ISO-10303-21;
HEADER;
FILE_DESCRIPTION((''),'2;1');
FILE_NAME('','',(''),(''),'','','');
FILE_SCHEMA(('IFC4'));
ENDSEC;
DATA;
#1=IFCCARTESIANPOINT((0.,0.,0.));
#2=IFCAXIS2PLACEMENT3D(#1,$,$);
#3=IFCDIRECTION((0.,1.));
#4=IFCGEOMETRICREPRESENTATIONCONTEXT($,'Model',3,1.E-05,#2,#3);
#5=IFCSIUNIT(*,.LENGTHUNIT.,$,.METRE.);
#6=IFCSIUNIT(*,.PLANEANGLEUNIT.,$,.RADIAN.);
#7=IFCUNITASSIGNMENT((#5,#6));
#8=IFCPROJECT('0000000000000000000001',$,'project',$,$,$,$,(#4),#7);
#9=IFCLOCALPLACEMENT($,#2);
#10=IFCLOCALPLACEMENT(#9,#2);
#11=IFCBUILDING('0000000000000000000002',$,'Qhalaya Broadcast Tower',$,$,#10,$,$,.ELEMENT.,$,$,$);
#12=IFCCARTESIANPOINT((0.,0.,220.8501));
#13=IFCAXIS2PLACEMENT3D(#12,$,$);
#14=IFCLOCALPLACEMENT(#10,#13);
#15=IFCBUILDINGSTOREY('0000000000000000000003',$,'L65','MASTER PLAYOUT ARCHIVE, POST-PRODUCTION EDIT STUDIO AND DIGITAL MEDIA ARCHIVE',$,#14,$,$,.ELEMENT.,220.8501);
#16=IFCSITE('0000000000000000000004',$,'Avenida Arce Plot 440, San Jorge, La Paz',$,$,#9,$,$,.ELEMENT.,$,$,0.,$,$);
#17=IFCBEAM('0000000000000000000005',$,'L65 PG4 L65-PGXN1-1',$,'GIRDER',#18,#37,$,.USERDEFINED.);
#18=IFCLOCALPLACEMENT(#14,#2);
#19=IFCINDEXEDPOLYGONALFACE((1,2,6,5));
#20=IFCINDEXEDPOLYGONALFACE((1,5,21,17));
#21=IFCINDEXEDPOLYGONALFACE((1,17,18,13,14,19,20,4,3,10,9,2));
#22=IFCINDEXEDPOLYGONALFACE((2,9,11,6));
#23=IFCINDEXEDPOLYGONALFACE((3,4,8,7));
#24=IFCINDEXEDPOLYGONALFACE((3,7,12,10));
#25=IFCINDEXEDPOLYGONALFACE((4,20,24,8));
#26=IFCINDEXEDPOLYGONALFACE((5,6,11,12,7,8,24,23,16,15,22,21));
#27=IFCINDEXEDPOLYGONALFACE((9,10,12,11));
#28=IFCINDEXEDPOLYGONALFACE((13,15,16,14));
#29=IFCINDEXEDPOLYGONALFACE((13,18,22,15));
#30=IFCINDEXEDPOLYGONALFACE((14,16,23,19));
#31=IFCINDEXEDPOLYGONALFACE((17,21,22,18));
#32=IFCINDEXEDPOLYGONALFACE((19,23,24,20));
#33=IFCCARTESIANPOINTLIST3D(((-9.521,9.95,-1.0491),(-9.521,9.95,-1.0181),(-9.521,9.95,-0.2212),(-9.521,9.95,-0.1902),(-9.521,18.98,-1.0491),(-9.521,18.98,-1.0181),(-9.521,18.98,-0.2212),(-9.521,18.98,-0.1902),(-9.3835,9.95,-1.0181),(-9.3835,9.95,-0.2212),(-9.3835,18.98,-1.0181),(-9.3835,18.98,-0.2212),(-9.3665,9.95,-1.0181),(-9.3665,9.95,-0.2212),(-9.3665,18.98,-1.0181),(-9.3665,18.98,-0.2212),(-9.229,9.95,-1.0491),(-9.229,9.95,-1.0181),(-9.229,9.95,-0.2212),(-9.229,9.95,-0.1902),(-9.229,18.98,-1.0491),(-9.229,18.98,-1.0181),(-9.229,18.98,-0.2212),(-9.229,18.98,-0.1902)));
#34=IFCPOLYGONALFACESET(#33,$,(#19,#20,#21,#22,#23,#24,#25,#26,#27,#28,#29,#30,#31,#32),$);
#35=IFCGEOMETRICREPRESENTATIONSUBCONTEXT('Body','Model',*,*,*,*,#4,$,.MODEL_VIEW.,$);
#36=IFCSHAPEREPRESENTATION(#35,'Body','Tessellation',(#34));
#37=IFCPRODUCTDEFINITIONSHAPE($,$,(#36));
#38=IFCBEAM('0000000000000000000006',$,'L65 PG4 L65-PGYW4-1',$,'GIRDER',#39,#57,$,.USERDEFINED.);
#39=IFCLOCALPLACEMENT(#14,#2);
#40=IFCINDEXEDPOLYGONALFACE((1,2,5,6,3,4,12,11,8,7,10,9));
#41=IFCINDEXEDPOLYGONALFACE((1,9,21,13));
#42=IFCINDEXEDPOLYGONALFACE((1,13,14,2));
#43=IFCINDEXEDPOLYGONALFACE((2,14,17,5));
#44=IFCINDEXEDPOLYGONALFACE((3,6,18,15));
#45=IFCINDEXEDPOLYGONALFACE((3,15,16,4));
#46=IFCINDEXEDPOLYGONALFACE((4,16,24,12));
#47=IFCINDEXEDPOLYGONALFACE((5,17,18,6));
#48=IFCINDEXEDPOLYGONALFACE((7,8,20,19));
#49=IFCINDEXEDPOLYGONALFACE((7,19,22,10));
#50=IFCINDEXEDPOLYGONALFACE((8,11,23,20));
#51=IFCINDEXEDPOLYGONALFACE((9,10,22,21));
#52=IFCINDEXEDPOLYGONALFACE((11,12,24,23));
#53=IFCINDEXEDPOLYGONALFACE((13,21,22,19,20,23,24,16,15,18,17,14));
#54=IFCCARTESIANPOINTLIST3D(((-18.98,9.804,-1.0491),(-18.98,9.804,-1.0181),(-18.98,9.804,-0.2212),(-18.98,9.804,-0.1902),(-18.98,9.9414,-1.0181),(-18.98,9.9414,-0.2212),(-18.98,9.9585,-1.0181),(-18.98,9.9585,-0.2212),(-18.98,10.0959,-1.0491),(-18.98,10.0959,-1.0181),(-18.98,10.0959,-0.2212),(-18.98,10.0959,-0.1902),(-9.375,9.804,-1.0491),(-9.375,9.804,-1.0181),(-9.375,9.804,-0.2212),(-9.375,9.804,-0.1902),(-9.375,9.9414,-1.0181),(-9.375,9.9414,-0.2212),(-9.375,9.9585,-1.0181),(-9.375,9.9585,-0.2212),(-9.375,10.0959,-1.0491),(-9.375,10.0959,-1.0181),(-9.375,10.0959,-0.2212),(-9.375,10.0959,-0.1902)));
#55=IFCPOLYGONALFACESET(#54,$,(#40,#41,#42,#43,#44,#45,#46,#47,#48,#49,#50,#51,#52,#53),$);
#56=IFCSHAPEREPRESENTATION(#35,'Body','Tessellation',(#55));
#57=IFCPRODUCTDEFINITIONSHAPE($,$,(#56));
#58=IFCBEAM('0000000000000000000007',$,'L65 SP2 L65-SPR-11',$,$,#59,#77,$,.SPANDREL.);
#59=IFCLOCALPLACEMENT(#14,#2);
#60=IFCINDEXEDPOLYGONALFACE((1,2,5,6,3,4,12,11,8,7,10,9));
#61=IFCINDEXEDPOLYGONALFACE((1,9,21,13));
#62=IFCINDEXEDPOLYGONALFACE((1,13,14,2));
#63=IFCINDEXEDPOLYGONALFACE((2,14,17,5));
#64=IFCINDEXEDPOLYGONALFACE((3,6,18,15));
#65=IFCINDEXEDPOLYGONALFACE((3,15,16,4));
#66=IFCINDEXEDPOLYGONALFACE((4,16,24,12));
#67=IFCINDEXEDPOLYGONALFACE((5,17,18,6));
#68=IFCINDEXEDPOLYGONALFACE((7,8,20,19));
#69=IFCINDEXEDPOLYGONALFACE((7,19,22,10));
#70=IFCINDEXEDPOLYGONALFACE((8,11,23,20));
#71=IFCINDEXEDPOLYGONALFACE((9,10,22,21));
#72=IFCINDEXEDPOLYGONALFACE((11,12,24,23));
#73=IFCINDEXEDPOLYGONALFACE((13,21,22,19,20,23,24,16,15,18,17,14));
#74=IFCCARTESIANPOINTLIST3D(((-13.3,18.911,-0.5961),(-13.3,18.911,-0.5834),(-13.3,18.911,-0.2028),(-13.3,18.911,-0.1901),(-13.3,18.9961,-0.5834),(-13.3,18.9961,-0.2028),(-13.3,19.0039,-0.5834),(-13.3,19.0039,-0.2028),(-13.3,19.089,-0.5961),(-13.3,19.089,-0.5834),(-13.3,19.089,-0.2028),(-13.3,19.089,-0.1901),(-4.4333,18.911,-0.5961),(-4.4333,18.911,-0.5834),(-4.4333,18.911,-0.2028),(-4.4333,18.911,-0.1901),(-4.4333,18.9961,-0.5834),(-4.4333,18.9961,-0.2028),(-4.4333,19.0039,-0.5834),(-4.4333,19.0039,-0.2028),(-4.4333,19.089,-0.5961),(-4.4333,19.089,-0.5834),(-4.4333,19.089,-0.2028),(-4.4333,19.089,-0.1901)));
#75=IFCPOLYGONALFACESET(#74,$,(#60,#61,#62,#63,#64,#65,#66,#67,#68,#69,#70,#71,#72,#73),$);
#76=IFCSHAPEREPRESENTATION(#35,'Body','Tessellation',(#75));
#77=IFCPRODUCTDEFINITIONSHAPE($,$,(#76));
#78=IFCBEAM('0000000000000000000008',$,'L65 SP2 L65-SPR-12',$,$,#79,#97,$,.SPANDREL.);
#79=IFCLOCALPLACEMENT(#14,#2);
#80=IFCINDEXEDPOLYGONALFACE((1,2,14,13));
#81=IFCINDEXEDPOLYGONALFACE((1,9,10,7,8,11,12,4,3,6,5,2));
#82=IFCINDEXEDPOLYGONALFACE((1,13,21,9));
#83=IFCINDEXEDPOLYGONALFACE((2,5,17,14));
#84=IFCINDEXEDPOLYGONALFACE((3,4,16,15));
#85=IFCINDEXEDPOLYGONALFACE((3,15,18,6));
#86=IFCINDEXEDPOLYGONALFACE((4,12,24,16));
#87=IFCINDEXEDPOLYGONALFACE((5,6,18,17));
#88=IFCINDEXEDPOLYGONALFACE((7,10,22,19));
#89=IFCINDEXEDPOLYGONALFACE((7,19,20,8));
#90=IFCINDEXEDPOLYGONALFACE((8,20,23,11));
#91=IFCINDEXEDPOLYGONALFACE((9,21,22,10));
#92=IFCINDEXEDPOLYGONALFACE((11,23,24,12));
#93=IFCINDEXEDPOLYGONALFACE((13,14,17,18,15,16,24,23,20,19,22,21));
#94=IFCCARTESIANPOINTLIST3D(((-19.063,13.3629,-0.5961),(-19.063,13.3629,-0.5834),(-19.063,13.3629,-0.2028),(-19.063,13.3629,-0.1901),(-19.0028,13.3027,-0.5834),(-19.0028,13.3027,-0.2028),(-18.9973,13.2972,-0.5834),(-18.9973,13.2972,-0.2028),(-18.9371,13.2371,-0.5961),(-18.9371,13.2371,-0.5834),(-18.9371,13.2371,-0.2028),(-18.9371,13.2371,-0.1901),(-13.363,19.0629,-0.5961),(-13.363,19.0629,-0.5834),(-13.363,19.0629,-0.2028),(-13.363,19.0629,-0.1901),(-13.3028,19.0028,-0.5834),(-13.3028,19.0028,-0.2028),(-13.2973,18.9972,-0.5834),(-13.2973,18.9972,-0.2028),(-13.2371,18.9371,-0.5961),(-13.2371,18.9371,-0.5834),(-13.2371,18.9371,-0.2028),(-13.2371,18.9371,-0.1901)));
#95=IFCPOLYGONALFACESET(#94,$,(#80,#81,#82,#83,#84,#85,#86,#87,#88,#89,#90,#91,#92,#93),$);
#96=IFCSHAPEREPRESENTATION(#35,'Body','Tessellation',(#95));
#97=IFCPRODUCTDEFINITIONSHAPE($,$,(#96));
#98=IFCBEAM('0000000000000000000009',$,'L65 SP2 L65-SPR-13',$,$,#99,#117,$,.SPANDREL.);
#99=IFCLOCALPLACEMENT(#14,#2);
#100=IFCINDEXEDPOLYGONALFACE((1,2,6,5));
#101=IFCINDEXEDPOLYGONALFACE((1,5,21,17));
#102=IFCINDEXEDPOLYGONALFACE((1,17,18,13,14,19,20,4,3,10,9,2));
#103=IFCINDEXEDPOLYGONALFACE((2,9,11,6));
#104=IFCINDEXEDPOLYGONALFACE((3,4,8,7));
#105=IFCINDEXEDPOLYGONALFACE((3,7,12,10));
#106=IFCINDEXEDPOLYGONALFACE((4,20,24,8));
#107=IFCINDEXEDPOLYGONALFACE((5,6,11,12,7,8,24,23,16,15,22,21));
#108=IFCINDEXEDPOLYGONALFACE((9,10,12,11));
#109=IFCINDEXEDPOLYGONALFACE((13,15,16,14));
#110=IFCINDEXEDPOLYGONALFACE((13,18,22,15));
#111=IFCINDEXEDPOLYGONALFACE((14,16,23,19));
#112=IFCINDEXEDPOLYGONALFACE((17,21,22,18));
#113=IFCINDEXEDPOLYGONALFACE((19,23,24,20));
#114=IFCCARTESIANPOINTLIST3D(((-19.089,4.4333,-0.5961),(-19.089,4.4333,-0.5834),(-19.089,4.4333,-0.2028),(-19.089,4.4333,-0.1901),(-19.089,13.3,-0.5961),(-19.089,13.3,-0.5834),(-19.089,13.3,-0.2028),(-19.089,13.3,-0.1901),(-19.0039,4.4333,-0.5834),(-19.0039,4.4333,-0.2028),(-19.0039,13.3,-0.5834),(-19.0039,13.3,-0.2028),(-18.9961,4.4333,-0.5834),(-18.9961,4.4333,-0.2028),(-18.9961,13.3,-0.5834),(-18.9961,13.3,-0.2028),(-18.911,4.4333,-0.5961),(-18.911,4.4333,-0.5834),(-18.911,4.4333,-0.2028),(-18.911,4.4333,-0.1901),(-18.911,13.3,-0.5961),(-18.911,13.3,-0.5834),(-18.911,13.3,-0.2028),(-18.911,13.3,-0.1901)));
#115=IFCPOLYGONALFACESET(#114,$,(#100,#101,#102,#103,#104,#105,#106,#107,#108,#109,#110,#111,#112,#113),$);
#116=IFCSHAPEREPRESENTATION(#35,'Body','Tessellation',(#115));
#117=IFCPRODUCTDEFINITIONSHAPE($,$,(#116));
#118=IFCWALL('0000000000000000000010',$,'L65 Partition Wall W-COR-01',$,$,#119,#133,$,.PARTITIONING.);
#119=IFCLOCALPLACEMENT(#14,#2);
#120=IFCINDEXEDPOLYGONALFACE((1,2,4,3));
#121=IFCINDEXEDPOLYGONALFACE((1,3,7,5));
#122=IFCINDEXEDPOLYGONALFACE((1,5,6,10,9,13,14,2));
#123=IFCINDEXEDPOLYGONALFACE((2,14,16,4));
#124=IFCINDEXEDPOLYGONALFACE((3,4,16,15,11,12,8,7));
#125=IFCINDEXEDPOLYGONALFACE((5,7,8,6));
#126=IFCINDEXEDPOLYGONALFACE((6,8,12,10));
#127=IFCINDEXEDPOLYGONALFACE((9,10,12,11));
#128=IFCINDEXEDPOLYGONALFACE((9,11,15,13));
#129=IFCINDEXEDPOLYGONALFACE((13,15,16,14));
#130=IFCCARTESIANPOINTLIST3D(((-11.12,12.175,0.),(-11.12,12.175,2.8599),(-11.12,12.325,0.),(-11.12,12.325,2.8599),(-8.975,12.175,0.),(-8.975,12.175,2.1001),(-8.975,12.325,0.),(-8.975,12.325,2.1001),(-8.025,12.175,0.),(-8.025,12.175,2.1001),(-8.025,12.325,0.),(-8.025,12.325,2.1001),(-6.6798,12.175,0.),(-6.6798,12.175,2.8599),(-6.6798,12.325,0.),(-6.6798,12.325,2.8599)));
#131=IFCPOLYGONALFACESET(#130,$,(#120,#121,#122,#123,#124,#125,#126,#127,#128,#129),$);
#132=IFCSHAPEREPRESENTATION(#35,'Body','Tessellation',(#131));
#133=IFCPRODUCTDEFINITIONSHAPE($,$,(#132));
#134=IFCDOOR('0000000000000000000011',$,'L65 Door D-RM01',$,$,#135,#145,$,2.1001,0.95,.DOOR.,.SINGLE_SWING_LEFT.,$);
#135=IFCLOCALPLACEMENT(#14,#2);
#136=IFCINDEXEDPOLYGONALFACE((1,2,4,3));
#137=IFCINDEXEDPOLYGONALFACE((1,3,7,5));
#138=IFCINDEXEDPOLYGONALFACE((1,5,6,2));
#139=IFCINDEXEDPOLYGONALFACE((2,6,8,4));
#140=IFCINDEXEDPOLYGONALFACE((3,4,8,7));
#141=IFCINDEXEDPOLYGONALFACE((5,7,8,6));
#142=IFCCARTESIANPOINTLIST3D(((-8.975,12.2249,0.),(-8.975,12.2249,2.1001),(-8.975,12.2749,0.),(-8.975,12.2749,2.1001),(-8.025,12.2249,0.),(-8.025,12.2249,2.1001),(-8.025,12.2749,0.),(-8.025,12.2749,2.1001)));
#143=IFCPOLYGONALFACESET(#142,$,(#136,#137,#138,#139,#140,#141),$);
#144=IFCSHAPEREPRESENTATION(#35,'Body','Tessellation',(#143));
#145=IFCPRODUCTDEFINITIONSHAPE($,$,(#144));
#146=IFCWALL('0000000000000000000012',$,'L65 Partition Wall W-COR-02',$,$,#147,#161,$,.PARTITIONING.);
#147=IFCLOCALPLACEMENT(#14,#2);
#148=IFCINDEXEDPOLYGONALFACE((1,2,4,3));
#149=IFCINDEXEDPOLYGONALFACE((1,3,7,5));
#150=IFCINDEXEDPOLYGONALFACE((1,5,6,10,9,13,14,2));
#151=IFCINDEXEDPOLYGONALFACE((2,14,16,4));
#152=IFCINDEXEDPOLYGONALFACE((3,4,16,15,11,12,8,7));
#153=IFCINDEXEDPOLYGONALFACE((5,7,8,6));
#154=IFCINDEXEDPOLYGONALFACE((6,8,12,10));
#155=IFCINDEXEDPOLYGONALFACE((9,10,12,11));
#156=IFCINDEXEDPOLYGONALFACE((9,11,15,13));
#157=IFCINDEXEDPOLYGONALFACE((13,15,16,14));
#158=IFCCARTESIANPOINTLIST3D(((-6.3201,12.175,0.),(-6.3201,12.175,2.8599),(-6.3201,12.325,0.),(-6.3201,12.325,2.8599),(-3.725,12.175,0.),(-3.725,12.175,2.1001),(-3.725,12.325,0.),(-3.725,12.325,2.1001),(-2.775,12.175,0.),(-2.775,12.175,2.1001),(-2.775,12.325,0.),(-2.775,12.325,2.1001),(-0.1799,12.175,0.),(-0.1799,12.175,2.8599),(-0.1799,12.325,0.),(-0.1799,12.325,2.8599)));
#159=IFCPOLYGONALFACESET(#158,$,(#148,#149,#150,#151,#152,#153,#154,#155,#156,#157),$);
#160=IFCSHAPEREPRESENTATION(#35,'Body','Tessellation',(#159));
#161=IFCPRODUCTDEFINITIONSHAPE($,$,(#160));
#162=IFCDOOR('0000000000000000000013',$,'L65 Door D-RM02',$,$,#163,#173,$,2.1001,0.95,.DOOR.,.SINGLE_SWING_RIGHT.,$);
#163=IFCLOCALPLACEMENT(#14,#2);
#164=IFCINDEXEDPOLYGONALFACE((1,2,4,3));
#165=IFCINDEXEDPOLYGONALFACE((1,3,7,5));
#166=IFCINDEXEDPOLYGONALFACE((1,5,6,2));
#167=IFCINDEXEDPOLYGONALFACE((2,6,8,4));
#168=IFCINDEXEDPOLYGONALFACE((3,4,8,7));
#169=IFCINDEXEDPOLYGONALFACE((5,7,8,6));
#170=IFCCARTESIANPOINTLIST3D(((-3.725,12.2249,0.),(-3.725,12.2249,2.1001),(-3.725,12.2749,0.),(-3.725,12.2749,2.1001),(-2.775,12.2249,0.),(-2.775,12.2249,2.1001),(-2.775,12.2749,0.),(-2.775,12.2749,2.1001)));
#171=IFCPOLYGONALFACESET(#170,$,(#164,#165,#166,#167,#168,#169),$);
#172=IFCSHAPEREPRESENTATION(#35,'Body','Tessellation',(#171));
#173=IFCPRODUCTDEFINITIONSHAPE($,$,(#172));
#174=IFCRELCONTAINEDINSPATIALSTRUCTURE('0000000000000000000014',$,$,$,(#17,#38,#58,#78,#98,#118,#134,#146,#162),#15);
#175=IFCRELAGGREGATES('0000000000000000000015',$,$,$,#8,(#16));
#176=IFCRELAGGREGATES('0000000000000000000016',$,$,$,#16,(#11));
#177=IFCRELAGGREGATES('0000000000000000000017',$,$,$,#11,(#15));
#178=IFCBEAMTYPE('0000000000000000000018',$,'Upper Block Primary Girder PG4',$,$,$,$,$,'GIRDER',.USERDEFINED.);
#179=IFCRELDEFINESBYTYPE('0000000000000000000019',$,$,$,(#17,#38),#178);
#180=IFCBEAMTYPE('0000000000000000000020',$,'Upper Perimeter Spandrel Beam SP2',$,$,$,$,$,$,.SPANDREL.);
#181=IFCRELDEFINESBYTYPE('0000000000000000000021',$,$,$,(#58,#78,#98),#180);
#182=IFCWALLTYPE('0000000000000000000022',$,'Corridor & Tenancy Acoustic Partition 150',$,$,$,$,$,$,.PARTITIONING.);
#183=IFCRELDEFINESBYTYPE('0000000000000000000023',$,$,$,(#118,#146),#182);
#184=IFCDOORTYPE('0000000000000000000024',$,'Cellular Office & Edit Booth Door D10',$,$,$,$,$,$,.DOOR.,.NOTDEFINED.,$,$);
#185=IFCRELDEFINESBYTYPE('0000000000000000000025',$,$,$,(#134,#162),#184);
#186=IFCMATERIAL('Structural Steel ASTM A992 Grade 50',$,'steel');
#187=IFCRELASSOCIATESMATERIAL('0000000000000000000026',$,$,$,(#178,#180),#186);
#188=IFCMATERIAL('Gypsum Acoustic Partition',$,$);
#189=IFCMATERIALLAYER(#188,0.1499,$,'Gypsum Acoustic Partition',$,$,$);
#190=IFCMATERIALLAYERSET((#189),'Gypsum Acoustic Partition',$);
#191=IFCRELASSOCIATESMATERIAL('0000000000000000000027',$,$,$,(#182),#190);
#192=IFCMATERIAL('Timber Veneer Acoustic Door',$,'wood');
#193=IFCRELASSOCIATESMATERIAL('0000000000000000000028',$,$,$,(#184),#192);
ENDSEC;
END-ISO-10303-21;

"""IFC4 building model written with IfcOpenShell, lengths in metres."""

from ifc_helpers import new_model, si_unit, direction, frame, frame_2d, origin, origin_2d, place, context, subcontext, project, spatial, rectangle, i_section, extrude, material, layer, layer_set, material_profile, profile_set, type_object, element, fill, save


model = new_model("IFC4")

# Units and contexts
model_context = context("Model", 3, precision=1e-05, world=origin(), true_north=direction((0.0, 1.0)))
body_context = subcontext(model_context, "Body", "Model", "MODEL_VIEW")
ifc_project = project(units=[si_unit("LENGTHUNIT", "METRE"), si_unit("PLANEANGLEUNIT", "RADIAN")], contexts=[model_context])

# Site, building, storey
site_placement = place(None, origin())
site = spatial("IfcSite", under=ifc_project, at=site_placement, Name="Avenida Arce Plot 440, San Jorge, La Paz", CompositionType="ELEMENT", RefElevation=0.0)
building_placement = place(site_placement, origin())
building = spatial("IfcBuilding", under=site, at=building_placement, Name="Qhalaya Broadcast Tower", CompositionType="ELEMENT")
storey_placement = place(building_placement, frame((0.0, 0.0, 220.8501)))
storey = spatial("IfcBuildingStorey", under=building, at=storey_placement, Name="L65", Description="MASTER PLAYOUT ARCHIVE, POST-PRODUCTION EDIT STUDIO AND DIGITAL MEDIA ARCHIVE", CompositionType="ELEMENT", Elevation=220.8501)

# Beams
ifc_material_1 = material(Name="Structural Steel ASTM A992 Grade 50", Category="steel")
ifc_material_profile_1 = material_profile(ifc_material_1, i_section(OverallWidth=0.292, OverallDepth=0.8589, WebThickness=0.0171, FlangeThickness=0.031, at=origin_2d()), Name="W33X169")
ifc_profile_set_1 = profile_set([ifc_material_profile_1], Name="Structural Steel ASTM A992 Grade 50")
beam_type_1 = type_object("IfcBeamType", Name="Upper Block Primary Girder PG4", ElementType="GIRDER", PredefinedType="USERDEFINED", material=ifc_profile_set_1)
beam_1_placement = place(storey_placement, frame((-9.375, 9.95, -0.6196), z_axis=(0.0, 1.0, 0.0), x_axis=(-1.0, 0.0, 0.0)))
element("IfcBeam", 1, at=beam_1_placement, inside=storey, type_object=beam_type_1, Name="L65 PG4 L65-PGXN1-1", ObjectType="GIRDER", PredefinedType="USERDEFINED", context=body_context, shape_type="SweptSolid", body=[
    extrude(i_section(OverallWidth=0.292, OverallDepth=0.8589, WebThickness=0.0171, FlangeThickness=0.031, at=origin_2d()), origin(), (0.0, 0.0, 1.0), 9.03),
])
beam_2_placement = place(storey_placement, frame((-18.98, 9.95, -0.6196), z_axis=(1.0, 0.0, 0.0), x_axis=(0.0, 1.0, 0.0)))
element("IfcBeam", 2, at=beam_2_placement, inside=storey, type_object=beam_type_1, Name="L65 PG4 L65-PGYW4-1", ObjectType="GIRDER", PredefinedType="USERDEFINED", context=body_context, shape_type="SweptSolid", body=[
    extrude(i_section(OverallWidth=0.292, OverallDepth=0.8589, WebThickness=0.0171, FlangeThickness=0.031, at=origin_2d()), origin(), (0.0, 0.0, 1.0), 9.605),
])
ifc_material_profile_2 = material_profile(ifc_material_1, i_section(OverallWidth=0.178, OverallDepth=0.406, WebThickness=0.0078, FlangeThickness=0.0127, at=origin_2d()), Name="W16X40")
ifc_profile_set_2 = profile_set([ifc_material_profile_2], Name="Structural Steel ASTM A992 Grade 50")
beam_type_2 = type_object("IfcBeamType", Name="Upper Perimeter Spandrel Beam SP2", PredefinedType="SPANDREL", material=ifc_profile_set_2)
beam_3_placement = place(storey_placement, frame((-4.4333, 19.0, -0.3931), z_axis=(-1.0, 0.0, 0.0), x_axis=(0.0, -1.0, 0.0)))
element("IfcBeam", 3, at=beam_3_placement, inside=storey, type_object=beam_type_2, Name="L65 SP2 L65-SPR-11", PredefinedType="SPANDREL", context=body_context, shape_type="SweptSolid", body=[
    extrude(i_section(OverallWidth=0.178, OverallDepth=0.406, WebThickness=0.0078, FlangeThickness=0.0127, at=origin_2d()), origin(), (0.0, 0.0, 1.0), 8.8667),
])
beam_4_placement = place(storey_placement, frame((-13.3, 19.0, -0.3931), z_axis=(-0.707107, -0.707107, 0.0), x_axis=(0.707107, -0.707107, 0.0)))
element("IfcBeam", 4, at=beam_4_placement, inside=storey, type_object=beam_type_2, Name="L65 SP2 L65-SPR-12", PredefinedType="SPANDREL", context=body_context, shape_type="SweptSolid", body=[
    extrude(i_section(OverallWidth=0.178, OverallDepth=0.406, WebThickness=0.0078, FlangeThickness=0.0127, at=origin_2d()), origin(), (0.0, 0.0, 1.0), 8.061),
])
beam_5_placement = place(storey_placement, frame((-19.0, 13.3, -0.3931), z_axis=(0.0, -1.0, 0.0), x_axis=(1.0, 0.0, 0.0)))
element("IfcBeam", 5, at=beam_5_placement, inside=storey, type_object=beam_type_2, Name="L65 SP2 L65-SPR-13", PredefinedType="SPANDREL", context=body_context, shape_type="SweptSolid", body=[
    extrude(i_section(OverallWidth=0.178, OverallDepth=0.406, WebThickness=0.0078, FlangeThickness=0.0127, at=origin_2d()), origin(), (0.0, 0.0, 1.0), 8.8667),
])

# Walls, openings, doors
ifc_material_2 = material(Name="Gypsum Acoustic Partition")
ifc_layer_1 = layer(ifc_material_2, 0.1499, Name="Gypsum Acoustic Partition")
ifc_layer_set_1 = layer_set([ifc_layer_1], Name="Gypsum Acoustic Partition")
wall_type_1 = type_object("IfcWallType", Name="Corridor & Tenancy Acoustic Partition 150", PredefinedType="PARTITIONING", material=ifc_layer_set_1)
wall_1_placement = place(storey_placement, frame((-11.1201, 12.25, 0.0), z_axis=(0.0, 0.0, 1.0), x_axis=(1.0, 0.0, 0.0)))
wall_1 = element("IfcWall", 6, at=wall_1_placement, inside=storey, type_object=wall_type_1, Name="L65 Partition Wall W-COR-01", PredefinedType="PARTITIONING", context=body_context, shape_type="SweptSolid", body=[
    extrude(rectangle(XDim=4.4402, YDim=0.1499, at=frame_2d((2.2202, 0.0))), origin(), (0.0, 0.0, 1.0), 2.8599),
])
opening_1_placement = place(wall_1_placement, frame((2.145, 0.0, 0.0)))
opening_1 = element("IfcOpeningElement", 7, at=opening_1_placement, cuts=wall_1, PredefinedType="OPENING", context=body_context, shape_type="SweptSolid", body=[
    extrude(rectangle(XDim=0.95, YDim=2.1001, at=frame_2d((0.4751, 1.05))), frame((0.0, 0.0869, 0.0), z_axis=(0.0, -1.0, 0.0), x_axis=(1.0, 0.0, 0.0)), (0.0, 0.0, 1.0), 0.1738),
])
ifc_material_3 = material(Name="Timber Veneer Acoustic Door", Category="wood")
door_type = type_object("IfcDoorType", Name="Cellular Office & Edit Booth Door D10", OperationType="NOTDEFINED", PredefinedType="DOOR", material=ifc_material_3)
door_1_placement = place(opening_1_placement, origin())
door_1 = element("IfcDoor", 8, at=door_1_placement, inside=storey, type_object=door_type, Name="L65 Door D-RM01", OperationType="SINGLE_SWING_LEFT", OverallHeight=2.1001, OverallWidth=0.95, PredefinedType="DOOR", context=body_context, shape_type="SweptSolid", body=[
    extrude(rectangle(XDim=0.95, YDim=2.1001, at=frame_2d((0.4751, 1.05))), frame((0.0, 0.0249, 0.0), z_axis=(0.0, -1.0, 0.0), x_axis=(1.0, 0.0, 0.0)), (0.0, 0.0, 1.0), 0.05),
])
fill(opening_1, door_1)
wall_2_placement = place(storey_placement, frame((-6.3201, 12.25, 0.0), z_axis=(0.0, 0.0, 1.0), x_axis=(1.0, 0.0, 0.0)))
wall_2 = element("IfcWall", 9, at=wall_2_placement, inside=storey, type_object=wall_type_1, Name="L65 Partition Wall W-COR-02", PredefinedType="PARTITIONING", context=body_context, shape_type="SweptSolid", body=[
    extrude(rectangle(XDim=6.1401, YDim=0.1499, at=frame_2d((3.0701, 0.0))), origin(), (0.0, 0.0, 1.0), 2.8599),
])
opening_2_placement = place(wall_2_placement, frame((2.595, 0.0, 0.0)))
opening_2 = element("IfcOpeningElement", 10, at=opening_2_placement, cuts=wall_2, PredefinedType="OPENING", context=body_context, shape_type="SweptSolid", body=[
    extrude(rectangle(XDim=0.95, YDim=2.1001, at=frame_2d((0.4751, 1.05))), frame((0.0, 0.0869, 0.0), z_axis=(0.0, -1.0, 0.0), x_axis=(1.0, 0.0, 0.0)), (0.0, 0.0, 1.0), 0.1738),
])
door_2_placement = place(opening_2_placement, origin())
door_2 = element("IfcDoor", 11, at=door_2_placement, inside=storey, type_object=door_type, Name="L65 Door D-RM02", OperationType="SINGLE_SWING_RIGHT", OverallHeight=2.1001, OverallWidth=0.95, PredefinedType="DOOR", context=body_context, shape_type="SweptSolid", body=[
    extrude(rectangle(XDim=0.95, YDim=2.1001, at=frame_2d((0.4751, 1.05))), frame((0.0, 0.0249, 0.0), z_axis=(0.0, -1.0, 0.0), x_axis=(1.0, 0.0, 0.0)), (0.0, 0.0, 1.0), 0.05),
])
fill(opening_2, door_2)

save(model, "model.ifc")
